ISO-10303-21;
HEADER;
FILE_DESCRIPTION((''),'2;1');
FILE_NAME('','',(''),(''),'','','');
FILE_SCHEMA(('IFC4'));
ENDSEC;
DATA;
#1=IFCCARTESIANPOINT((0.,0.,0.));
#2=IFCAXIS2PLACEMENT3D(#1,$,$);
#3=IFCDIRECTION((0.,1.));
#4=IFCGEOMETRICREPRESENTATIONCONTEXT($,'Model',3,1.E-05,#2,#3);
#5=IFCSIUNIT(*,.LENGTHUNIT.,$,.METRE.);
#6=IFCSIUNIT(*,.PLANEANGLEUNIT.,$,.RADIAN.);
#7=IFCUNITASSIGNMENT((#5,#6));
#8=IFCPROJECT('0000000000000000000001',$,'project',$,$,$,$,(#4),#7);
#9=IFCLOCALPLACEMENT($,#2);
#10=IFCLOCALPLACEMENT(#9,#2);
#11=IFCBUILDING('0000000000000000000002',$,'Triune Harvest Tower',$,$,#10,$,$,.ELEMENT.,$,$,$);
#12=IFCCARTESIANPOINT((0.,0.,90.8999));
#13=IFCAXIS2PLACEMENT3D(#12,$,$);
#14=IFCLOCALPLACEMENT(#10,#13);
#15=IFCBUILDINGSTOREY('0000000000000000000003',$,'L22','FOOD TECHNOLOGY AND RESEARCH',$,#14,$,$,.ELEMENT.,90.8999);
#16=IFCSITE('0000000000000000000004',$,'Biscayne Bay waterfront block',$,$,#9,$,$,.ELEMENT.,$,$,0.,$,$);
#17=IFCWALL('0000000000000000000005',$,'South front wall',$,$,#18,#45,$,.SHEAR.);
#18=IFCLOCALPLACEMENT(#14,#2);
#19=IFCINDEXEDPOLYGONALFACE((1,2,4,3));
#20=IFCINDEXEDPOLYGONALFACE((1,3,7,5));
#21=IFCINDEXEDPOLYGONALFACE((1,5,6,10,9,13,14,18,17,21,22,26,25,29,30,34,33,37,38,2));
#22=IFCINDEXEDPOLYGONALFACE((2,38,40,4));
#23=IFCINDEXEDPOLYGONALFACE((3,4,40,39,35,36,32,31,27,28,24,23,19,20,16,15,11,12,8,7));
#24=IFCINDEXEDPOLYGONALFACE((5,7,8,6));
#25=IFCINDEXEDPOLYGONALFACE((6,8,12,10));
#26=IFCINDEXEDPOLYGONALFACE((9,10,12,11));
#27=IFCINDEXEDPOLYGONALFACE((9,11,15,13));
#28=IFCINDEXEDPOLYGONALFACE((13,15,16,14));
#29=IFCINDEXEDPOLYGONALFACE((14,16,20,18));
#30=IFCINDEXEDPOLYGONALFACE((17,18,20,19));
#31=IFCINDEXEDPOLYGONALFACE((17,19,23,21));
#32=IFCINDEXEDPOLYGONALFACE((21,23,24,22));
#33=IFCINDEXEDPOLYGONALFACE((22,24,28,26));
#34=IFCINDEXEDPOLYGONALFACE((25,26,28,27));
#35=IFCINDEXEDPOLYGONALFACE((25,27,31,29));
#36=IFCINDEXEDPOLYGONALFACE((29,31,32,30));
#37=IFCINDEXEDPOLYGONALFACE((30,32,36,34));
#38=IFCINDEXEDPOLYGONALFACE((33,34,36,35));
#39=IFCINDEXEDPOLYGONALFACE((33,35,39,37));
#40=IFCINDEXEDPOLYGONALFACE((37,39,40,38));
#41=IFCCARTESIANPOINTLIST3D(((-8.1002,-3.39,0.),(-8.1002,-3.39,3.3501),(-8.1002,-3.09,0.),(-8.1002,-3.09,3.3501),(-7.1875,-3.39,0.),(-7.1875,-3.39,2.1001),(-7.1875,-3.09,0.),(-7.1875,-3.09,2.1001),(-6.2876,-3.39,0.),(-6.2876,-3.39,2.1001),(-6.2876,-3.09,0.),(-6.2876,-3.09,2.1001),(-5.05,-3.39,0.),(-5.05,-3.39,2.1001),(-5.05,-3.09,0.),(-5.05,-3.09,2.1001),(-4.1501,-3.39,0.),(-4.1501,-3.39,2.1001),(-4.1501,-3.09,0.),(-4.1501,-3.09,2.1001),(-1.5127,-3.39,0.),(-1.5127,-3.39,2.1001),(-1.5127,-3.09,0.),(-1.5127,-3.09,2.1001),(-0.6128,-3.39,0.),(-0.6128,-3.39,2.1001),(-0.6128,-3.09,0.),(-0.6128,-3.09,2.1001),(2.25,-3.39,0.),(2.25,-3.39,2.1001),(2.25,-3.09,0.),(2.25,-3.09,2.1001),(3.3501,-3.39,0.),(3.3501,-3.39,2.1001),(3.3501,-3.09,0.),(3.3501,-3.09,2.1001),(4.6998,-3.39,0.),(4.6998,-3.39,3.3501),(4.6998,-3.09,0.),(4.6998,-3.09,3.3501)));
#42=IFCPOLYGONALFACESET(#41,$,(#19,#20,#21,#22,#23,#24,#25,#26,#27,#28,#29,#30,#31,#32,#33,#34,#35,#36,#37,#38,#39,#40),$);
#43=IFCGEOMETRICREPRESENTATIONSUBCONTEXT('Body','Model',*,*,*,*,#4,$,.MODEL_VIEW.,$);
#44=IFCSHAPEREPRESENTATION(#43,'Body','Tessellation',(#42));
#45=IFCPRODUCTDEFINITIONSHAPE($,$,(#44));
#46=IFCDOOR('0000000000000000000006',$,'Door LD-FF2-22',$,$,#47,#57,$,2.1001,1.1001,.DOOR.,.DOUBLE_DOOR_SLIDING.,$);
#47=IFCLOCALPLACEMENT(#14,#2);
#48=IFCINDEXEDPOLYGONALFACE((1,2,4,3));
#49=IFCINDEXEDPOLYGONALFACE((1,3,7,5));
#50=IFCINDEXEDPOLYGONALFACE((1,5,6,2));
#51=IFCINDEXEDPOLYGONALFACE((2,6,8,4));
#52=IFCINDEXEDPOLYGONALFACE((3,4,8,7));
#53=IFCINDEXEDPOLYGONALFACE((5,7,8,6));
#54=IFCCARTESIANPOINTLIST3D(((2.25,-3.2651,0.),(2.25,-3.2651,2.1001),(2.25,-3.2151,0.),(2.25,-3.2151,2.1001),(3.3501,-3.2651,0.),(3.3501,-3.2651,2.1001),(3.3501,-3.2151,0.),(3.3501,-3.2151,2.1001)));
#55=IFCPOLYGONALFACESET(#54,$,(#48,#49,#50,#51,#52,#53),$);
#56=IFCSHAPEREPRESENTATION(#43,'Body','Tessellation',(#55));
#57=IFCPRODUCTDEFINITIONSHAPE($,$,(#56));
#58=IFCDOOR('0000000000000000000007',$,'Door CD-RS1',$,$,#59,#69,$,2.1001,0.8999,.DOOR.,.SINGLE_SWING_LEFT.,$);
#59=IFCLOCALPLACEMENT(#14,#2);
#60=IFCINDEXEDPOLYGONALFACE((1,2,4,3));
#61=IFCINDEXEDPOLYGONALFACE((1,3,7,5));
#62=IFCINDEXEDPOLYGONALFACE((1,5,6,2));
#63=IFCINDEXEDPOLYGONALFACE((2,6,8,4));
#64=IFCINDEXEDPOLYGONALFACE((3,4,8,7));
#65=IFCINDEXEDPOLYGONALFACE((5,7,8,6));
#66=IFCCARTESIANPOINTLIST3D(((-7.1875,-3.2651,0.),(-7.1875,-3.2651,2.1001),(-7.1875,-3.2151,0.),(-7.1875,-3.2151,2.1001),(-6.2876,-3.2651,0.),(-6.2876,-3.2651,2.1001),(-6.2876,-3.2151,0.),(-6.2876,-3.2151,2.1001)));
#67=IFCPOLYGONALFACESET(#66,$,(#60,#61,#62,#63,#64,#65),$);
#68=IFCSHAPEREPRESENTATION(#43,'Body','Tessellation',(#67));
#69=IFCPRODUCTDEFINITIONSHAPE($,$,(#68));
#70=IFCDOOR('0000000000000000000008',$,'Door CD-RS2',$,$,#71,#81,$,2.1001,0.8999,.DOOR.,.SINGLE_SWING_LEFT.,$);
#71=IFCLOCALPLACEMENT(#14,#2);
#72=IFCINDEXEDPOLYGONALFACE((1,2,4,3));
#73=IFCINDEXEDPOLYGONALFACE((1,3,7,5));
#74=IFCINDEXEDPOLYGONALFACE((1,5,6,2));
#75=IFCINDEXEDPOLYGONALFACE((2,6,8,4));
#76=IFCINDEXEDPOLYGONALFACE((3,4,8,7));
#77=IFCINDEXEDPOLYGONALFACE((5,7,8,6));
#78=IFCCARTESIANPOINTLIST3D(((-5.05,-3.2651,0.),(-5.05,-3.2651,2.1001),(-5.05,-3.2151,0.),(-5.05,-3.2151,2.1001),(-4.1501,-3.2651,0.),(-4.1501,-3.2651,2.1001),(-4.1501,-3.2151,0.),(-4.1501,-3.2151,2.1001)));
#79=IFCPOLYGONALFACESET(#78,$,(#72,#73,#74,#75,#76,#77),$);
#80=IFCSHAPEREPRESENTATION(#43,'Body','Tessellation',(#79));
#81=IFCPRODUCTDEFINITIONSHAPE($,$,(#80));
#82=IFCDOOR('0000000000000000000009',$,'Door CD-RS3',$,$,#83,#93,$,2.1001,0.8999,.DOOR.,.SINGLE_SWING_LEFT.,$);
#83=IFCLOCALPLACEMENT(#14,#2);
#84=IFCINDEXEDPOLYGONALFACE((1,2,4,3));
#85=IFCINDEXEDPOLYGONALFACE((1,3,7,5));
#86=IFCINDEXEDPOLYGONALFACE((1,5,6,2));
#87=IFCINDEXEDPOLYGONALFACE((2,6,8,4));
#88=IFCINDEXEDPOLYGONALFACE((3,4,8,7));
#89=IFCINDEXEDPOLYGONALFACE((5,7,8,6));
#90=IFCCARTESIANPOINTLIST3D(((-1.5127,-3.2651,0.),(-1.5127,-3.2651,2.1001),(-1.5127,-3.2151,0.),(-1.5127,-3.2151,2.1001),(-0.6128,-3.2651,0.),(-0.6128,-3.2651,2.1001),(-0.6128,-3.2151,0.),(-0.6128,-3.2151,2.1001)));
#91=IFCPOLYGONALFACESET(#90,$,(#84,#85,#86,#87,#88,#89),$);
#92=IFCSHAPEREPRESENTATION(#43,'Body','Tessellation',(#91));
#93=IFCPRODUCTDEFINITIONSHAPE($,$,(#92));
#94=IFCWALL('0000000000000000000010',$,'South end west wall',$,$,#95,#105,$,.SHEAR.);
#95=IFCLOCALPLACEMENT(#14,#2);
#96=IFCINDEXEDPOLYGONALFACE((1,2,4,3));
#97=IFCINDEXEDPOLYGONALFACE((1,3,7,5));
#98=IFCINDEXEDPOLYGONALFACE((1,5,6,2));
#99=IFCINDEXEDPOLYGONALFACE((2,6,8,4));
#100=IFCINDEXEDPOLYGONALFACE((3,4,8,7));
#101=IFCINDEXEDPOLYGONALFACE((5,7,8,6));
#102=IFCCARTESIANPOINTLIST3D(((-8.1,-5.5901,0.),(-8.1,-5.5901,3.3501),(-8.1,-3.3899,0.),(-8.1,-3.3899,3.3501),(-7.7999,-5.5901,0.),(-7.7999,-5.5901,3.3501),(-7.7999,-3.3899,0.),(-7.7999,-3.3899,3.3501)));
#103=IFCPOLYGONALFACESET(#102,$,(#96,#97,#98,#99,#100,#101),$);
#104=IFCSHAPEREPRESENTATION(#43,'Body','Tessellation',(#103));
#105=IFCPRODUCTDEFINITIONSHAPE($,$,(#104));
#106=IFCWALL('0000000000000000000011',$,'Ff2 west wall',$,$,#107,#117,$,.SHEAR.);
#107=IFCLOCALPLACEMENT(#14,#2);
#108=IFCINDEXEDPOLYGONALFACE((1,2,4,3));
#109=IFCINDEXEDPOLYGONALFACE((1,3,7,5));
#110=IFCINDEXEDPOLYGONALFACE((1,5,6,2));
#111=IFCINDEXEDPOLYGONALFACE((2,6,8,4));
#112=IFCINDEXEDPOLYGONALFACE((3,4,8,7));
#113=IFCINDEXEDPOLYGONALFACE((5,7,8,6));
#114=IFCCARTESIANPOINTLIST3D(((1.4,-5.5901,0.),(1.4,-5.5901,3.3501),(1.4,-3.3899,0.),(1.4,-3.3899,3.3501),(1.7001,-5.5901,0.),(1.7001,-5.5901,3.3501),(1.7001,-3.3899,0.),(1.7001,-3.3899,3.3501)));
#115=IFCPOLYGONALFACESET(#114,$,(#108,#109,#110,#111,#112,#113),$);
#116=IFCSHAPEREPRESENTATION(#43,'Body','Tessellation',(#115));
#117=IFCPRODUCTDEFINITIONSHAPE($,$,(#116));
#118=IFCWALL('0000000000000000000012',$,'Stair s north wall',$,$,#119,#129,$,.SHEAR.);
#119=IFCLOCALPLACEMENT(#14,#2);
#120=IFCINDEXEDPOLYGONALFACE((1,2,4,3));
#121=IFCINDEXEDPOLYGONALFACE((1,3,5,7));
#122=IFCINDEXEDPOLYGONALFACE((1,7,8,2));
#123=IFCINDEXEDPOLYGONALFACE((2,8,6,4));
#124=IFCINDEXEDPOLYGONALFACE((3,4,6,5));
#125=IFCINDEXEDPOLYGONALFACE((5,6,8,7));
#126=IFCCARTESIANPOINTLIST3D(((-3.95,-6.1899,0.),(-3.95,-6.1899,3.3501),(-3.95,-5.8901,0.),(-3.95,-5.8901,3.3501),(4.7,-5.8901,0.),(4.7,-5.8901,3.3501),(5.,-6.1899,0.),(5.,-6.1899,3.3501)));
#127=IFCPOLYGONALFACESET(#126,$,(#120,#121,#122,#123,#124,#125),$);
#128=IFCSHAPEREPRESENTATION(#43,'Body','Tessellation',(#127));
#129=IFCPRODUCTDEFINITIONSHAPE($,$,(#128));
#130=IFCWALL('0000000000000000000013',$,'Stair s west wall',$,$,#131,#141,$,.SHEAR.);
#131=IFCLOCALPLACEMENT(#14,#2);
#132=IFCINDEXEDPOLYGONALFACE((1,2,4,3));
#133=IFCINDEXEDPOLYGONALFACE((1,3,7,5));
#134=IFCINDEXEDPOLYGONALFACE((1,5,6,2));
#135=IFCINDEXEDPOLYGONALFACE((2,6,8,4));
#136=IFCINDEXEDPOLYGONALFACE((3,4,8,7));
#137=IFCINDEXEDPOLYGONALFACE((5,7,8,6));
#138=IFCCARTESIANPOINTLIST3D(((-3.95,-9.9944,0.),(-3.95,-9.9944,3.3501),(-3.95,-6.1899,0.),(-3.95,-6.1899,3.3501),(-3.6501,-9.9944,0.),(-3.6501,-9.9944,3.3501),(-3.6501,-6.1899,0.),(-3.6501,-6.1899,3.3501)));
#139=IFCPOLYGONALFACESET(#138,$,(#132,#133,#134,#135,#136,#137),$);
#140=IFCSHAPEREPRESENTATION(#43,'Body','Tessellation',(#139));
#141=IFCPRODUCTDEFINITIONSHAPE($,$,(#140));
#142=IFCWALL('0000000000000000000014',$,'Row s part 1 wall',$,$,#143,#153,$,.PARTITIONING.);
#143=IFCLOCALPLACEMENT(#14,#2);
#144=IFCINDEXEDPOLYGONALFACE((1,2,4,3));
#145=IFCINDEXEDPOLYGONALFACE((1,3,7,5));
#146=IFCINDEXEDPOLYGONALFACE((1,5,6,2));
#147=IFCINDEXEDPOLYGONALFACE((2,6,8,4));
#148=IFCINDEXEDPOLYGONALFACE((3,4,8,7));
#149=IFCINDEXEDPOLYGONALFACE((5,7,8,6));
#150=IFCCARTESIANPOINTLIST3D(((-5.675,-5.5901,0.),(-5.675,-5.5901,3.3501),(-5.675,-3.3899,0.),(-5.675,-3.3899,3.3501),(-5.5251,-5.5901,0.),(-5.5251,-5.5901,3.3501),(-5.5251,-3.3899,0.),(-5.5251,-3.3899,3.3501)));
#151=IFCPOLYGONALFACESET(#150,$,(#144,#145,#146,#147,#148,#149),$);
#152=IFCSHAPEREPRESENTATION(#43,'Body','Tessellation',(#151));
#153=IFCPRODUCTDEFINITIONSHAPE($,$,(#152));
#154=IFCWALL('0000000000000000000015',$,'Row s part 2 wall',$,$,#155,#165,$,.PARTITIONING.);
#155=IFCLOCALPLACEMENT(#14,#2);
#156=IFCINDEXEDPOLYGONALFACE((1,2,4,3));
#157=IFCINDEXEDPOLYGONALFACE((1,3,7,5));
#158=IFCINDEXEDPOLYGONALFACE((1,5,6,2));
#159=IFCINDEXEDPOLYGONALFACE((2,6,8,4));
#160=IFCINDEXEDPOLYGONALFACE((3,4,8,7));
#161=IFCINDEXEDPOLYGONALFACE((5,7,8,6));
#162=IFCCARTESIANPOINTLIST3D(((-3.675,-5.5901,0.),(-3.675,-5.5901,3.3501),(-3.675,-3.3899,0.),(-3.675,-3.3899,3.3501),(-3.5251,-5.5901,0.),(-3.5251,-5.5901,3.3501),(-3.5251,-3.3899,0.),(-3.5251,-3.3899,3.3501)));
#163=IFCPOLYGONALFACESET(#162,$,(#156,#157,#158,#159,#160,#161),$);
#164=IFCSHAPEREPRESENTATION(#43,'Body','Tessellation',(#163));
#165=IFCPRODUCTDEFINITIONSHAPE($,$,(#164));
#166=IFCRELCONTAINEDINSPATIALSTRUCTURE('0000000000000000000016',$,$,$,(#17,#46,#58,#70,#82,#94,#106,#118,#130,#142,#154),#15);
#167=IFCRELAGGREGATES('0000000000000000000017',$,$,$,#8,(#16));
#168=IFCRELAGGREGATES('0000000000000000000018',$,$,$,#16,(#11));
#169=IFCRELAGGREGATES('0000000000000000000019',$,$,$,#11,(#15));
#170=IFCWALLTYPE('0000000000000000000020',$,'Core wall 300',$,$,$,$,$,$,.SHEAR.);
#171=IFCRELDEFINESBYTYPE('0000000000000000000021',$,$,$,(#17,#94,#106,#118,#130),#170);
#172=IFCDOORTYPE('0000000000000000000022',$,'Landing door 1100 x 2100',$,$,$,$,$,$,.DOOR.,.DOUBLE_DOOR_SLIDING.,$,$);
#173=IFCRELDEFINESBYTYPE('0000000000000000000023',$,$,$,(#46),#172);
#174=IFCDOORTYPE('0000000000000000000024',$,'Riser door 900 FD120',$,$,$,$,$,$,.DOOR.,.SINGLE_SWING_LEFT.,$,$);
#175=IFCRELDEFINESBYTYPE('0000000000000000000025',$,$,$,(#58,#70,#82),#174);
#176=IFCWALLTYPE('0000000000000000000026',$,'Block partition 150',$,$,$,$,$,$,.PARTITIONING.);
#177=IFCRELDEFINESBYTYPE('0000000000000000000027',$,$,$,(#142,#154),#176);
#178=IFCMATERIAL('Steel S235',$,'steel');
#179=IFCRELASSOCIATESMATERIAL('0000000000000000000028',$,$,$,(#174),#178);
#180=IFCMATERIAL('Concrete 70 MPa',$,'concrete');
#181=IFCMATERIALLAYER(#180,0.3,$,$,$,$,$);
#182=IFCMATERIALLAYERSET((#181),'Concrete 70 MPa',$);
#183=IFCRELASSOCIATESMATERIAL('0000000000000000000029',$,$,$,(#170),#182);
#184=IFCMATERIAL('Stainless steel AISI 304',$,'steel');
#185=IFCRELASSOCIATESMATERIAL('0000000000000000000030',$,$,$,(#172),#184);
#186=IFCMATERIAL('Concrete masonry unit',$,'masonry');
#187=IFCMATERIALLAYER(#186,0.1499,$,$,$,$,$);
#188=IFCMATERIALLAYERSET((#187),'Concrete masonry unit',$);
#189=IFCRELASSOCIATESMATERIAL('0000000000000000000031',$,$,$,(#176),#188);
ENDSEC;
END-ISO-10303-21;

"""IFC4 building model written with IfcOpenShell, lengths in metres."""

from ifc_helpers import new_model, si_unit, direction, frame, frame_2d, origin, place, context, subcontext, project, spatial, polyline, rectangle, outline, extrude, source, transform, mapped, material, layer, layer_set, type_object, element, fill, save


model = new_model("IFC4")

# Units and contexts
model_context = context("Model", 3, precision=1e-05, world=origin(), true_north=direction((0.0, 1.0)))
body_context = subcontext(model_context, "Body", "Model", "MODEL_VIEW")
ifc_project = project(units=[si_unit("LENGTHUNIT", "METRE"), si_unit("PLANEANGLEUNIT", "RADIAN")], contexts=[model_context])

# Site, building, storey
site_placement = place(None, origin())
site = spatial("IfcSite", under=ifc_project, at=site_placement, Name="Biscayne Bay waterfront block", CompositionType="ELEMENT", RefElevation=0.0)
building_placement = place(site_placement, origin())
building = spatial("IfcBuilding", under=site, at=building_placement, Name="Triune Harvest Tower", CompositionType="ELEMENT")
storey_placement = place(building_placement, frame((0.0, 0.0, 90.8999)))
storey = spatial("IfcBuildingStorey", under=building, at=storey_placement, Name="L22", Description="FOOD TECHNOLOGY AND RESEARCH", CompositionType="ELEMENT", Elevation=90.8999)

# Wall, openings, doors
ifc_material_1 = material(Name="Steel S235", Category="steel")
door_type_1 = type_object("IfcDoorType", Name="Riser door 900 FD120", OperationType="SINGLE_SWING_LEFT", PredefinedType="DOOR", material=ifc_material_1)
ifc_material_2 = material(Name="Concrete 70 MPa", Category="concrete")
ifc_layer_1 = layer(ifc_material_2, 0.3)
ifc_layer_set_1 = layer_set([ifc_layer_1], Name="Concrete 70 MPa")
wall_type_1 = type_object("IfcWallType", Name="Core wall 300", PredefinedType="SHEAR", material=ifc_layer_set_1)
shared_shape_1 = source(origin(), body_context, "Body", "SweptSolid", [
    extrude(rectangle(XDim=12.8, YDim=0.3, at=frame_2d((6.3999, 0.0))), origin(), (0.0, 0.0, 1.0), 3.3501),
])
wall_1_placement = place(storey_placement, frame((-8.1001, -3.24, 0.0), z_axis=(0.0, 0.0, 1.0), x_axis=(1.0, 0.0, 0.0)))
wall_1 = element("IfcWall", 1, at=wall_1_placement, inside=storey, type_object=wall_type_1, Name="South front wall", PredefinedType="SHEAR", context=body_context, shape_type="MappedRepresentation", body=[
    mapped(shared_shape_1, transform((0.0, 0.0, 0.0), scale=1.0)),
])
opening_1_placement = place(wall_1_placement, frame((0.9126, 0.0, 0.0)))
opening_1 = element("IfcOpeningElement", 2, at=opening_1_placement, cuts=wall_1, PredefinedType="OPENING", context=body_context, shape_type="SweptSolid", body=[
    extrude(rectangle(XDim=0.8999, YDim=2.1001, at=frame_2d((0.45, 1.05))), frame((0.0, 0.1602, 0.0), z_axis=(0.0, -1.0, 0.0), x_axis=(1.0, 0.0, 0.0)), (0.0, 0.0, 1.0), 0.3201),
])
opening_2_placement = place(wall_1_placement, frame((3.05, 0.0, 0.0)))
opening_2 = element("IfcOpeningElement", 3, at=opening_2_placement, cuts=wall_1, PredefinedType="OPENING", context=body_context, shape_type="SweptSolid", body=[
    extrude(rectangle(XDim=0.8999, YDim=2.1001, at=frame_2d((0.45, 1.05))), frame((0.0, 0.1602, 0.0), z_axis=(0.0, -1.0, 0.0), x_axis=(1.0, 0.0, 0.0)), (0.0, 0.0, 1.0), 0.3201),
])
opening_3_placement = place(wall_1_placement, frame((6.5874, 0.0, 0.0)))
opening_3 = element("IfcOpeningElement", 4, at=opening_3_placement, cuts=wall_1, PredefinedType="OPENING", context=body_context, shape_type="SweptSolid", body=[
    extrude(rectangle(XDim=0.8999, YDim=2.1001, at=frame_2d((0.45, 1.05))), frame((0.0, 0.1602, 0.0), z_axis=(0.0, -1.0, 0.0), x_axis=(1.0, 0.0, 0.0)), (0.0, 0.0, 1.0), 0.3201),
])
opening_4_placement = place(wall_1_placement, frame((10.3501, 0.0, 0.0)))
opening_4 = element("IfcOpeningElement", 5, at=opening_4_placement, cuts=wall_1, PredefinedType="OPENING", context=body_context, shape_type="SweptSolid", body=[
    extrude(rectangle(XDim=1.1001, YDim=2.1001, at=frame_2d((0.55, 1.05))), frame((0.0, 0.1602, 0.0), z_axis=(0.0, -1.0, 0.0), x_axis=(1.0, 0.0, 0.0)), (0.0, 0.0, 1.0), 0.3201),
])
ifc_material_3 = material(Name="Stainless steel AISI 304", Category="steel")
door_type_2 = type_object("IfcDoorType", Name="Landing door 1100 x 2100", OperationType="DOUBLE_DOOR_SLIDING", PredefinedType="DOOR", material=ifc_material_3)
door_1_placement = place(opening_4_placement, origin())
door_1 = element("IfcDoor", 6, at=door_1_placement, inside=storey, type_object=door_type_2, Name="Door LD-FF2-22", OperationType="DOUBLE_DOOR_SLIDING", OverallHeight=2.1001, OverallWidth=1.1001, PredefinedType="DOOR", context=body_context, shape_type="SweptSolid", body=[
    extrude(rectangle(XDim=1.1001, YDim=2.1001, at=frame_2d((0.55, 1.05))), frame((0.0, 0.0249, 0.0), z_axis=(0.0, -1.0, 0.0), x_axis=(1.0, 0.0, 0.0)), (0.0, 0.0, 1.0), 0.05),
])
fill(opening_4, door_1)
door_2_placement = place(opening_1_placement, origin())
door_2 = element("IfcDoor", 7, at=door_2_placement, inside=storey, type_object=door_type_1, Name="Door CD-RS1", OperationType="SINGLE_SWING_LEFT", OverallHeight=2.1001, OverallWidth=0.8999, PredefinedType="DOOR", context=body_context, shape_type="SweptSolid", body=[
    extrude(rectangle(XDim=0.8999, YDim=2.1001, at=frame_2d((0.45, 1.05))), frame((0.0, 0.0249, 0.0), z_axis=(0.0, -1.0, 0.0), x_axis=(1.0, 0.0, 0.0)), (0.0, 0.0, 1.0), 0.05),
])
fill(opening_1, door_2)
door_3_placement = place(opening_2_placement, origin())
door_3 = element("IfcDoor", 8, at=door_3_placement, inside=storey, type_object=door_type_1, Name="Door CD-RS2", OperationType="SINGLE_SWING_LEFT", OverallHeight=2.1001, OverallWidth=0.8999, PredefinedType="DOOR", context=body_context, shape_type="SweptSolid", body=[
    extrude(rectangle(XDim=0.8999, YDim=2.1001, at=frame_2d((0.45, 1.05))), frame((0.0, 0.0249, 0.0), z_axis=(0.0, -1.0, 0.0), x_axis=(1.0, 0.0, 0.0)), (0.0, 0.0, 1.0), 0.05),
])
fill(opening_2, door_3)
door_4_placement = place(opening_3_placement, origin())
door_4 = element("IfcDoor", 9, at=door_4_placement, inside=storey, type_object=door_type_1, Name="Door CD-RS3", OperationType="SINGLE_SWING_LEFT", OverallHeight=2.1001, OverallWidth=0.8999, PredefinedType="DOOR", context=body_context, shape_type="SweptSolid", body=[
    extrude(rectangle(XDim=0.8999, YDim=2.1001, at=frame_2d((0.45, 1.05))), frame((0.0, 0.0249, 0.0), z_axis=(0.0, -1.0, 0.0), x_axis=(1.0, 0.0, 0.0)), (0.0, 0.0, 1.0), 0.05),
])
fill(opening_3, door_4)

# Walls
shared_shape_2 = source(origin(), body_context, "Body", "SweptSolid", [
    extrude(rectangle(XDim=2.2002, YDim=0.3, at=frame_2d((1.1001, 0.0))), origin(), (0.0, 0.0, 1.0), 3.3501),
])
for number, where, z_axis, x_axis, name in (
    (10, (-7.95, -5.5901, 0.0), (0.0, 0.0, 1.0), (0.0, 1.0, 0.0), "South end west wall"),
    (11, (1.55, -5.5901, 0.0), (0.0, 0.0, 1.0), (0.0, 1.0, 0.0), "Ff2 west wall"),
):
    element("IfcWall", number, at=place(storey_placement, frame(where, z_axis=z_axis, x_axis=x_axis)), inside=storey, type_object=wall_type_1, Name=name, PredefinedType="SHEAR", context=body_context, shape_type="MappedRepresentation", body=[
        mapped(shared_shape_2, transform((0.0, 0.0, 0.0), scale=1.0)),
    ])
shared_shape_3 = source(origin(), body_context, "Body", "SweptSolid", [
    extrude(outline(polyline([(0.0, -0.1499), (8.95, -0.1499), (8.6499, 0.1499), (0.0, 0.1499), (0.0, -0.1499)])), origin(), (0.0, 0.0, 1.0), 3.3501),
])
wall_2_placement = place(storey_placement, frame((-3.95, -6.04, 0.0), z_axis=(0.0, 0.0, 1.0), x_axis=(1.0, 0.0, 0.0)))
element("IfcWall", 12, at=wall_2_placement, inside=storey, type_object=wall_type_1, Name="Stair s north wall", PredefinedType="SHEAR", context=body_context, shape_type="MappedRepresentation", body=[
    mapped(shared_shape_3, transform((0.0, 0.0, 0.0), scale=1.0)),
])
shared_shape_4 = source(origin(), body_context, "Body", "SweptSolid", [
    extrude(outline(polyline([(3.8, -0.1499), (-0.0044, -0.1499), (-0.0044, 0.1499), (3.8, 0.1499), (3.8, -0.1499)])), origin(), (0.0, 0.0, 1.0), 3.3501),
])
wall_3_placement = place(storey_placement, frame((-3.8, -9.99, 0.0), z_axis=(0.0, 0.0, 1.0), x_axis=(0.0, 1.0, 0.0)))
element("IfcWall", 13, at=wall_3_placement, inside=storey, type_object=wall_type_1, Name="Stair s west wall", PredefinedType="SHEAR", context=body_context, shape_type="MappedRepresentation", body=[
    mapped(shared_shape_4, transform((0.0, 0.0, 0.0), scale=1.0)),
])
ifc_material_4 = material(Name="Concrete masonry unit", Category="masonry")
ifc_layer_2 = layer(ifc_material_4, 0.1499)
ifc_layer_set_2 = layer_set([ifc_layer_2], Name="Concrete masonry unit")
wall_type_2 = type_object("IfcWallType", Name="Block partition 150", PredefinedType="PARTITIONING", material=ifc_layer_set_2)
shared_shape_5 = source(origin(), body_context, "Body", "SweptSolid", [
    extrude(rectangle(XDim=2.2002, YDim=0.1499, at=frame_2d((1.1001, 0.0))), origin(), (0.0, 0.0, 1.0), 3.3501),
])
for number, where, z_axis, x_axis, name in (
    (14, (-5.6001, -5.5901, 0.0), (0.0, 0.0, 1.0), (0.0, 1.0, 0.0), "Row s part 1 wall"),
    (15, (-3.6001, -5.5901, 0.0), (0.0, 0.0, 1.0), (0.0, 1.0, 0.0), "Row s part 2 wall"),
):
    element("IfcWall", number, at=place(storey_placement, frame(where, z_axis=z_axis, x_axis=x_axis)), inside=storey, type_object=wall_type_2, Name=name, PredefinedType="PARTITIONING", context=body_context, shape_type="MappedRepresentation", body=[
        mapped(shared_shape_5, transform((0.0, 0.0, 0.0), scale=1.0)),
    ])

save(model, "model.ifc")
